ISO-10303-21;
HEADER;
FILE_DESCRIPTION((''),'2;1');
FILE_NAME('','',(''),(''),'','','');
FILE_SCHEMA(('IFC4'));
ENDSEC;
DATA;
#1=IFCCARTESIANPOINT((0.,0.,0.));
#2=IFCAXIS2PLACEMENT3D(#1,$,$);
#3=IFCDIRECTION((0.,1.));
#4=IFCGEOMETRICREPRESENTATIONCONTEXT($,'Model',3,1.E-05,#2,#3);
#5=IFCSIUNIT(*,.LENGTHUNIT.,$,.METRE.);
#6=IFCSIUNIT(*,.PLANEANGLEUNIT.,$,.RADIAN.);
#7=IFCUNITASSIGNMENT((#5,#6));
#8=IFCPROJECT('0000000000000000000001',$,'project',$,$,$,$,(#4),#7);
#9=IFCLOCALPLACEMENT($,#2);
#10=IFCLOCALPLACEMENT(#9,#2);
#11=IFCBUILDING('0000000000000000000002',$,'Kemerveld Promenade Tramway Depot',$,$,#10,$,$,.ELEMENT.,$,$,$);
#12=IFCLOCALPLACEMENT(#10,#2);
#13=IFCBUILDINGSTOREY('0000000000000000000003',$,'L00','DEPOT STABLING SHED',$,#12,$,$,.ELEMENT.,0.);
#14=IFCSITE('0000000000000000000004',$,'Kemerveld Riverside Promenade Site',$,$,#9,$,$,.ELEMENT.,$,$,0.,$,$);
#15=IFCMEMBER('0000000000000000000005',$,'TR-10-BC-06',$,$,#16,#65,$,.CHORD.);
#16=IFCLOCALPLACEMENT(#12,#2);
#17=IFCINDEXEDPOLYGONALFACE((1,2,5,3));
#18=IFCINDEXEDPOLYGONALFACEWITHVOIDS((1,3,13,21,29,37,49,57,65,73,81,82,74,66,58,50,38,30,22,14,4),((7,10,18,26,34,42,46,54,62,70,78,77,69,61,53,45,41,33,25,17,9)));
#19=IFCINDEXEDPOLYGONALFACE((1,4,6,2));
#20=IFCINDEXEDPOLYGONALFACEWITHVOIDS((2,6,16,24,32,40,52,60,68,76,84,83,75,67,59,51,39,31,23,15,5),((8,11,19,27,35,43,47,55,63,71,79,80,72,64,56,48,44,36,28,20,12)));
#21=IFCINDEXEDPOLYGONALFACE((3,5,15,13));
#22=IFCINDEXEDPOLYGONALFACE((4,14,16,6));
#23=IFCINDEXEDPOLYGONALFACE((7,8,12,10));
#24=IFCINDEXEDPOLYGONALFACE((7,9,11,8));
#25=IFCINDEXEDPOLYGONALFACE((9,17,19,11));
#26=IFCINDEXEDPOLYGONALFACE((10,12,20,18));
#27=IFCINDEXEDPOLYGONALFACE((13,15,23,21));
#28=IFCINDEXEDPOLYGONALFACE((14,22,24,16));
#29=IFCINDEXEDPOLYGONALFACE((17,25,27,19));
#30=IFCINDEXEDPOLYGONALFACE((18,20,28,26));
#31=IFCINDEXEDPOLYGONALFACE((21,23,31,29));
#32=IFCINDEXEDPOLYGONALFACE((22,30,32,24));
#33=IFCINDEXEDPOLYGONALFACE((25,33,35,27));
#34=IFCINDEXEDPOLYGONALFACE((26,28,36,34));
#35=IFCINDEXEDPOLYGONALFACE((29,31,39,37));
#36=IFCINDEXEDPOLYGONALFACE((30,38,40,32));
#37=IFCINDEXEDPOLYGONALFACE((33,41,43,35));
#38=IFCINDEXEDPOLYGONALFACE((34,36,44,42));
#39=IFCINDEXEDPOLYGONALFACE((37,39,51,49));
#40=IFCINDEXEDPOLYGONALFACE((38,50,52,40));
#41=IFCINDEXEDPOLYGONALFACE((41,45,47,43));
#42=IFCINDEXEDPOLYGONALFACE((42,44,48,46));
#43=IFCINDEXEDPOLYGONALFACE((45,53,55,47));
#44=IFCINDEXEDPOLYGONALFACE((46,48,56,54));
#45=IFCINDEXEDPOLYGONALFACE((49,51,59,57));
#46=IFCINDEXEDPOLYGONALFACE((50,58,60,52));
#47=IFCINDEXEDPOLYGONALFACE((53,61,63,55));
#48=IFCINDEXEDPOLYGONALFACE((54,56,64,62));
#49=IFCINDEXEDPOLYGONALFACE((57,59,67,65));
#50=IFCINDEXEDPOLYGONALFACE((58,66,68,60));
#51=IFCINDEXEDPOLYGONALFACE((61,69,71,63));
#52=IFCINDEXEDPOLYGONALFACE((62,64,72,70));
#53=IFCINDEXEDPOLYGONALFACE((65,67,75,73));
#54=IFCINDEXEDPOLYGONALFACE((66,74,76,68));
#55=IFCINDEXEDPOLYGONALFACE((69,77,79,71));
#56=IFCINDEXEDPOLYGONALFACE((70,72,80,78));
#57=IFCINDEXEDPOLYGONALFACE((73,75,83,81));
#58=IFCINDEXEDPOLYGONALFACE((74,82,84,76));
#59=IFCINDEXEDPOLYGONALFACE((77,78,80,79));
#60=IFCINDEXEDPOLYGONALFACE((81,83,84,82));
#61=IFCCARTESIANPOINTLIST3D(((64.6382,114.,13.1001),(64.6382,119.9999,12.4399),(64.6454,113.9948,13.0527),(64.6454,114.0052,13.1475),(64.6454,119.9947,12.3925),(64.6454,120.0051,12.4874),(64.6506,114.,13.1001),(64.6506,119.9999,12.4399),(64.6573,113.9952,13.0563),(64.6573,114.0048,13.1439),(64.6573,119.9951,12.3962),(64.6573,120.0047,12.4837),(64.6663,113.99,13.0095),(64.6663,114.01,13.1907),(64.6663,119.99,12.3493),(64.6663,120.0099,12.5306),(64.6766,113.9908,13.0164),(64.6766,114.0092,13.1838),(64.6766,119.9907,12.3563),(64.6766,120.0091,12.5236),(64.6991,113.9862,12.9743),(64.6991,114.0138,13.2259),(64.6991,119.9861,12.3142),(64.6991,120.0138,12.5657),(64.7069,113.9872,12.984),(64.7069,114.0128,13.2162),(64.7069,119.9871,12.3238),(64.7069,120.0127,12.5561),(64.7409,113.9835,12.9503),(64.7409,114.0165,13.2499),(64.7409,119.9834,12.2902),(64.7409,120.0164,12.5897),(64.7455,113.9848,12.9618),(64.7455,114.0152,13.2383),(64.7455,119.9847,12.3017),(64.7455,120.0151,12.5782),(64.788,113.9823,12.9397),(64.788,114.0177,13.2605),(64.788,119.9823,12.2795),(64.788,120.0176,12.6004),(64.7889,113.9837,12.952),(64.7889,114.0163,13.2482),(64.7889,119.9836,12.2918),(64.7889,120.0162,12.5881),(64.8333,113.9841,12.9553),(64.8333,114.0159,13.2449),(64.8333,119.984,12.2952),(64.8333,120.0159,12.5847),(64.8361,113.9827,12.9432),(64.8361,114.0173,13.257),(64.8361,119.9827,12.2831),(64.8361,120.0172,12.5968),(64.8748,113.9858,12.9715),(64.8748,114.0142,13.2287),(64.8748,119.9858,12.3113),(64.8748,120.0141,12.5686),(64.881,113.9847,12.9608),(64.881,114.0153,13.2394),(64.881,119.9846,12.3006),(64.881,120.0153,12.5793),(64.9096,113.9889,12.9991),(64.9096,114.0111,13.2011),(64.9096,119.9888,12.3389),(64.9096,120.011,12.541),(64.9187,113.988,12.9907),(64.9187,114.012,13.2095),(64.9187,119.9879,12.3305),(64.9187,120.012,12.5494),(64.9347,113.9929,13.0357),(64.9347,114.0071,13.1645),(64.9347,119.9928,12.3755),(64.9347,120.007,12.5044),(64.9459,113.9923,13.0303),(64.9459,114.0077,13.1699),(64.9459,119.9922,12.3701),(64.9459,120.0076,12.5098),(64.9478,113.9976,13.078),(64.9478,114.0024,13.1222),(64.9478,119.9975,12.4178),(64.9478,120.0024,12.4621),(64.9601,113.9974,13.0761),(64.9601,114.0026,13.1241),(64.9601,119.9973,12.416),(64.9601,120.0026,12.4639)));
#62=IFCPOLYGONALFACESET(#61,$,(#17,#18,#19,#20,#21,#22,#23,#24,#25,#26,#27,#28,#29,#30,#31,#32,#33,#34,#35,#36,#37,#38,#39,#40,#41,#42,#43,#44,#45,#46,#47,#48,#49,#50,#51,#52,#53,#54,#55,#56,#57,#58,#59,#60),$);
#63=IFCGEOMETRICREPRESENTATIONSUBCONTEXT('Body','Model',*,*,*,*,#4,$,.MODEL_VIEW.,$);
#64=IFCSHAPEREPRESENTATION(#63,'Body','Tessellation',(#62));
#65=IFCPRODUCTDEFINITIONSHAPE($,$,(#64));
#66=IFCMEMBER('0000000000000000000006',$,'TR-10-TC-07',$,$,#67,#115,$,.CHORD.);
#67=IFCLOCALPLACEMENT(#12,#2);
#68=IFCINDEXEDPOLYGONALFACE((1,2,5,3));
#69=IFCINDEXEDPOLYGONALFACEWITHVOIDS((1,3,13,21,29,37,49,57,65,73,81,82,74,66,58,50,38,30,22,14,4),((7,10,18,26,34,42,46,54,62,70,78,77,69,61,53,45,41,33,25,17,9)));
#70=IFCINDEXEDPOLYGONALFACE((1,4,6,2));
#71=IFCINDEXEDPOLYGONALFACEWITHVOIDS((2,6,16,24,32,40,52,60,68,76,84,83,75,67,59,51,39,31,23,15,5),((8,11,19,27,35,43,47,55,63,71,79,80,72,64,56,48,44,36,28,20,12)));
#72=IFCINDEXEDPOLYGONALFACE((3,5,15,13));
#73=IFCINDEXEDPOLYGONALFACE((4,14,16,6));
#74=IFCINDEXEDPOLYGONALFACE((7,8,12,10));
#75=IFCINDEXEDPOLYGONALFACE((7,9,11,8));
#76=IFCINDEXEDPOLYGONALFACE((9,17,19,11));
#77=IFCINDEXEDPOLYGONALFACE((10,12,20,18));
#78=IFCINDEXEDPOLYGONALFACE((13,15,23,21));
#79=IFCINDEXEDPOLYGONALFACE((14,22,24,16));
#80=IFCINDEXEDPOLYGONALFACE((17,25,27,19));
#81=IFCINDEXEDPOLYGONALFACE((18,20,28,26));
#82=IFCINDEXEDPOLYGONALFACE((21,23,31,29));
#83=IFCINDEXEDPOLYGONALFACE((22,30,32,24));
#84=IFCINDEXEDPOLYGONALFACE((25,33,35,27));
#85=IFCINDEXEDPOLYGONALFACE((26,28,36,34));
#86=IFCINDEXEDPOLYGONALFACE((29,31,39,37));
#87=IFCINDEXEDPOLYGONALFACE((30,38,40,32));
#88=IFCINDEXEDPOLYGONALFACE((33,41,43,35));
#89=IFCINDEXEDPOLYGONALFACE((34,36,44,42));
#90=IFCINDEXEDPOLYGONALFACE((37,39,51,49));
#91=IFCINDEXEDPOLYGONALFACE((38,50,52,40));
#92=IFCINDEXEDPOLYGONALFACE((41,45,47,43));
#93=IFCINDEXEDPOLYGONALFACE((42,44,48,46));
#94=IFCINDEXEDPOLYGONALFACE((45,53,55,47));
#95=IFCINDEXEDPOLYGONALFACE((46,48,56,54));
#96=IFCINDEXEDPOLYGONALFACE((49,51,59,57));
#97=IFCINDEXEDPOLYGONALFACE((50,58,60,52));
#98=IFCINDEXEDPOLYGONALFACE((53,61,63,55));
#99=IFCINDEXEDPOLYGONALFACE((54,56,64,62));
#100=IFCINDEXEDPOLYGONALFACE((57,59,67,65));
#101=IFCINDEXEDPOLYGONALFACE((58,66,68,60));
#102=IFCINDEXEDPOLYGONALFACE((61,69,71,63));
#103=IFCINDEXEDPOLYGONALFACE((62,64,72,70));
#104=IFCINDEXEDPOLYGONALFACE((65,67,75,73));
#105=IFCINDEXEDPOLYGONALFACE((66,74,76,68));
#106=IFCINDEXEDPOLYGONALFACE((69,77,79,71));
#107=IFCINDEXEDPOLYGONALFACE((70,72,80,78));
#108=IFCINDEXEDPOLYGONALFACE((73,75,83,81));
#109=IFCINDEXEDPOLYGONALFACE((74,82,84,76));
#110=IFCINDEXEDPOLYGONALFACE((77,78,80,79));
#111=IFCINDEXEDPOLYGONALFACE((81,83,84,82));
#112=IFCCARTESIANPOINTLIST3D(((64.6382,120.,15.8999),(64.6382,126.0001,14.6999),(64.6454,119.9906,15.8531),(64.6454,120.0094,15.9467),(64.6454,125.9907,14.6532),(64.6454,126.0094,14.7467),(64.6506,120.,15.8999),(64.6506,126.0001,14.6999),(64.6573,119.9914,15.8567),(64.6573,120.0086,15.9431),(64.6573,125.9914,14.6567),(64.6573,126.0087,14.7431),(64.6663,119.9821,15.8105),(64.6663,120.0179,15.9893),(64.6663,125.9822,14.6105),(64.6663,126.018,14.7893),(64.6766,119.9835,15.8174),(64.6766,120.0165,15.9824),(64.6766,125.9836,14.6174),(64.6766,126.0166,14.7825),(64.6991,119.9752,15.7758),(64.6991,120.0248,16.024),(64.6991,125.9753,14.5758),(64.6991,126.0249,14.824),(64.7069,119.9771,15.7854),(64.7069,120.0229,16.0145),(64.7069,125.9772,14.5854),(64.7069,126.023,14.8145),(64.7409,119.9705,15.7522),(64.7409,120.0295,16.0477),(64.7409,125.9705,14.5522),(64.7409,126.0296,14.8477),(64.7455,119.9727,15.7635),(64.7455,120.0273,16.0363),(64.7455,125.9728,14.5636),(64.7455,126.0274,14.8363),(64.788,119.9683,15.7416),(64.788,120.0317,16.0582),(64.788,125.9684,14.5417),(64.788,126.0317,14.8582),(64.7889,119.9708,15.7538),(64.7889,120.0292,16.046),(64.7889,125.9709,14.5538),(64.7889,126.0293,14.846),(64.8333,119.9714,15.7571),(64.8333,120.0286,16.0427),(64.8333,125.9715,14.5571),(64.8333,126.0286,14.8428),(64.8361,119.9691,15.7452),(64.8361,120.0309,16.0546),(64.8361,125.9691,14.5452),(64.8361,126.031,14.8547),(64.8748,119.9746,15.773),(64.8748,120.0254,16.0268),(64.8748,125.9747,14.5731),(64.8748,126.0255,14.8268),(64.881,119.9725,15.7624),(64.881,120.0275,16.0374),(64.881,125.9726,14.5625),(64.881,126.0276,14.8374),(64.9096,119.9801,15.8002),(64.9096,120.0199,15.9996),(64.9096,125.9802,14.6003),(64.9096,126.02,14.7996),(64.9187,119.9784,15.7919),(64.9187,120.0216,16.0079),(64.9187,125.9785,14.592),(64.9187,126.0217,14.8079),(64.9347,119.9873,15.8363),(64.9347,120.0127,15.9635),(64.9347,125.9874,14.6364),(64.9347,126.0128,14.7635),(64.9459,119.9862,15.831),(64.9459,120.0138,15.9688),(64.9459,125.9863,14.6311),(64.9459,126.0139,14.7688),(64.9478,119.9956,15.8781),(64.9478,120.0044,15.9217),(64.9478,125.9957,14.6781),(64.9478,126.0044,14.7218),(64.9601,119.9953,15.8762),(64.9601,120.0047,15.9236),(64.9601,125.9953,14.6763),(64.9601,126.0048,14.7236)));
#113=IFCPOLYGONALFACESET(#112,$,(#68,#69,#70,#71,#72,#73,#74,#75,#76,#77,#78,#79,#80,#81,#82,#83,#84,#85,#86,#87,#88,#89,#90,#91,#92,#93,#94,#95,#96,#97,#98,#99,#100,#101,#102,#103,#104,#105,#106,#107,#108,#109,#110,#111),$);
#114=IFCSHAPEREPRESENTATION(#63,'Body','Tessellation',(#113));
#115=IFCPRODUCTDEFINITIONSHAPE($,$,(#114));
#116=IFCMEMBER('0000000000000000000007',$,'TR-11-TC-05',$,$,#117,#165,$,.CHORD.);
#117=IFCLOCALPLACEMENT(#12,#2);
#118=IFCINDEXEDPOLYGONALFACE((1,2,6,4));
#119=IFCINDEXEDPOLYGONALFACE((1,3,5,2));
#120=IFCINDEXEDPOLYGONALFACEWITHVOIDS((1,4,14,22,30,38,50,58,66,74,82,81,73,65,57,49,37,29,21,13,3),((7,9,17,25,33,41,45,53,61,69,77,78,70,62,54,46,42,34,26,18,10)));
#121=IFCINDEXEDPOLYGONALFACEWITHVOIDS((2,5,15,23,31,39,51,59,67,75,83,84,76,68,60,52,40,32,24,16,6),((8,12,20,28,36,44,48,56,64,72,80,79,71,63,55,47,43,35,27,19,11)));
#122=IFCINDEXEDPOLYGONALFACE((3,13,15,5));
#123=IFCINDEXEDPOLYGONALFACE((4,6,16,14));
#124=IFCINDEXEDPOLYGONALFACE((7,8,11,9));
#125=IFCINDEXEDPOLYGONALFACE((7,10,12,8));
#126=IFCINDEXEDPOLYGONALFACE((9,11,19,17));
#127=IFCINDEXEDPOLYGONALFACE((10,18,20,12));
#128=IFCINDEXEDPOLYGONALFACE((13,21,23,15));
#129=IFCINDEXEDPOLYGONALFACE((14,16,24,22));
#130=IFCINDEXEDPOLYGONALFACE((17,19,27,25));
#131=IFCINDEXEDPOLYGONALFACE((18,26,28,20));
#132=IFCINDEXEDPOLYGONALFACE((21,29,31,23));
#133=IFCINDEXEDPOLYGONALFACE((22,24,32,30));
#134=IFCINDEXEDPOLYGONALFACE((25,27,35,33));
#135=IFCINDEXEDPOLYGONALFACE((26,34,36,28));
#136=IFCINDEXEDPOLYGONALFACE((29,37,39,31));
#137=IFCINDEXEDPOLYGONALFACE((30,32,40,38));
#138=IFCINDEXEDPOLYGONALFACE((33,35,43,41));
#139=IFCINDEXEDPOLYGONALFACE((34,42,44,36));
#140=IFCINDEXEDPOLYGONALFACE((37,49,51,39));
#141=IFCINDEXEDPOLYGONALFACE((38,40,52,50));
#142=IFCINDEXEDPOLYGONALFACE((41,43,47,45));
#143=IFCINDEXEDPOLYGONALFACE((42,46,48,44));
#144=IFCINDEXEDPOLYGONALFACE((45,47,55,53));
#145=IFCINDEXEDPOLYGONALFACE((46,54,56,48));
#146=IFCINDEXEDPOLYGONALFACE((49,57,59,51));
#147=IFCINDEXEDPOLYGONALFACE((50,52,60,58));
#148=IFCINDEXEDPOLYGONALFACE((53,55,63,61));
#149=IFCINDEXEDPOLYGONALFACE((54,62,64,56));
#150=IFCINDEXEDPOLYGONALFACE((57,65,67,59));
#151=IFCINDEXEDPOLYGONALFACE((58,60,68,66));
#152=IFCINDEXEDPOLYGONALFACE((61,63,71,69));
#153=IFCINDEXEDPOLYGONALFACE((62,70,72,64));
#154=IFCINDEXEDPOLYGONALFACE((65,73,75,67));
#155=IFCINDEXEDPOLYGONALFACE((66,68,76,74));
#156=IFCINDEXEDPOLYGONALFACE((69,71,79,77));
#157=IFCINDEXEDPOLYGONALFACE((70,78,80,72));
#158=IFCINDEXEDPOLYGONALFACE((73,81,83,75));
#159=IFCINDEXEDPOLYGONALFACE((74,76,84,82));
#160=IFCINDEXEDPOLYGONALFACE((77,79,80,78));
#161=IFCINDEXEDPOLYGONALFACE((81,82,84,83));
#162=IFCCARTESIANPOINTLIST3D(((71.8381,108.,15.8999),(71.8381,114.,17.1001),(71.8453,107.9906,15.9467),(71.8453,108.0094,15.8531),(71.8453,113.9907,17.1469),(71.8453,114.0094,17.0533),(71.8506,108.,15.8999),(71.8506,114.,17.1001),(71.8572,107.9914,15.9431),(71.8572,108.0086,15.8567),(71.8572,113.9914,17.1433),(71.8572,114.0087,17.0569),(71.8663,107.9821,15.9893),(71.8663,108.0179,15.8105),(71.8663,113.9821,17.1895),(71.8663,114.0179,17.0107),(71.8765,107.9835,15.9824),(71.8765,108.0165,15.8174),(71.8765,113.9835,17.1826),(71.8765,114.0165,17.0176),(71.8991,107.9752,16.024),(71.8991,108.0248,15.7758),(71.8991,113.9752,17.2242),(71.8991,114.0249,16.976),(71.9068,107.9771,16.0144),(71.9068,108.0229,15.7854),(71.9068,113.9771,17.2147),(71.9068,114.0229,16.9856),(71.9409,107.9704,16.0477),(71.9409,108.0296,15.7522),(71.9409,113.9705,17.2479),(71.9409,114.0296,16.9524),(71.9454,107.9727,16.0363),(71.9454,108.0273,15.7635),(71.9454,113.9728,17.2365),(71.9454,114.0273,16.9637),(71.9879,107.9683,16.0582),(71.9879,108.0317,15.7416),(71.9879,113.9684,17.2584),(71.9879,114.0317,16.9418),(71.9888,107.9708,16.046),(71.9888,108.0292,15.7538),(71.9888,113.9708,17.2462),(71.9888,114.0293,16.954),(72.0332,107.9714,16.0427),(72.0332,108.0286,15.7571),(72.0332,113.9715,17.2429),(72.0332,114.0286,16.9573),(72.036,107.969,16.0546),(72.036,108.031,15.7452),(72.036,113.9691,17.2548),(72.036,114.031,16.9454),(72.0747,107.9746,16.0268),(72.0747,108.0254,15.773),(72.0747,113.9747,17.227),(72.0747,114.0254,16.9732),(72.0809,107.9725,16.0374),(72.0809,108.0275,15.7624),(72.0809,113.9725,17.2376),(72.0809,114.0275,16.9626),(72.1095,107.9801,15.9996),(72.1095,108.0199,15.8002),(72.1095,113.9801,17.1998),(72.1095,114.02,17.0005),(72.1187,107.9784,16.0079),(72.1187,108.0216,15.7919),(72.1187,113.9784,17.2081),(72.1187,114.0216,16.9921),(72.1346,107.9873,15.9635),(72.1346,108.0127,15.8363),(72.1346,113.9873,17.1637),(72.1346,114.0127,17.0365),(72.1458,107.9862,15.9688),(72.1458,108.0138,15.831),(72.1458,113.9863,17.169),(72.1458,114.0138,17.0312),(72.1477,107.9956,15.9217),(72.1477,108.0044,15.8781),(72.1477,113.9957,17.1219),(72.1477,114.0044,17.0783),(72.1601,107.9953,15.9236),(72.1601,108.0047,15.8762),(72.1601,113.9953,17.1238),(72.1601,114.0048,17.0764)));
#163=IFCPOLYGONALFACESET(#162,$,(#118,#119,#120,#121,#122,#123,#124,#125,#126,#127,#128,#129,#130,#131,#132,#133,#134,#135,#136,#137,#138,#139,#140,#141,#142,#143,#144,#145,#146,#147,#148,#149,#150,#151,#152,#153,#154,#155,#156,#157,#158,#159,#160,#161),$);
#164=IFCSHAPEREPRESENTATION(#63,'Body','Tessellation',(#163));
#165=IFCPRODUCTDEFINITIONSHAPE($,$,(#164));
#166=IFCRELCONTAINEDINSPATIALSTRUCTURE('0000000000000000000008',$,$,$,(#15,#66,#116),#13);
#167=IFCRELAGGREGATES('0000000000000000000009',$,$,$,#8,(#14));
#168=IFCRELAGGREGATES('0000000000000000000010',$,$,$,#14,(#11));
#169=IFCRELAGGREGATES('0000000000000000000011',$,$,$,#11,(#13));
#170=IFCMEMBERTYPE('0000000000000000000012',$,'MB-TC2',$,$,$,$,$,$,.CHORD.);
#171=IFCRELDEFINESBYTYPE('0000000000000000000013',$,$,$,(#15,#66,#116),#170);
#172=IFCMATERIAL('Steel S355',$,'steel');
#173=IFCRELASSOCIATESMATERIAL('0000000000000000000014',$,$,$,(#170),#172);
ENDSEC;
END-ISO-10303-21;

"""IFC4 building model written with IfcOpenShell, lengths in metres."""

from ifc_helpers import new_model, si_unit, direction, frame, origin, origin_2d, place, context, subcontext, project, spatial, hollow_circle, extrude, material, material_profile, profile_set, type_object, element, save


model = new_model("IFC4")

# Units and contexts
model_context = context("Model", 3, precision=1e-05, world=origin(), true_north=direction((0.0, 1.0)))
body_context = subcontext(model_context, "Body", "Model", "MODEL_VIEW")
ifc_project = project(units=[si_unit("LENGTHUNIT", "METRE"), si_unit("PLANEANGLEUNIT", "RADIAN")], contexts=[model_context])

# Site, building, storey
site_placement = place(None, origin())
site = spatial("IfcSite", under=ifc_project, at=site_placement, Name="Kemerveld Riverside Promenade Site", CompositionType="ELEMENT", RefElevation=0.0)
building_placement = place(site_placement, origin())
building = spatial("IfcBuilding", under=site, at=building_placement, Name="Kemerveld Promenade Tramway Depot", CompositionType="ELEMENT")
storey_placement = place(building_placement, origin())
storey = spatial("IfcBuildingStorey", under=building, at=storey_placement, Name="L00", Description="DEPOT STABLING SHED", CompositionType="ELEMENT", Elevation=0.0)

# Members
ifc_material_1 = material(Name="Steel S355", Category="steel")
ifc_material_profile_1 = material_profile(ifc_material_1, hollow_circle(Radius=0.1619, WallThickness=0.0125, at=origin_2d()), Name="323.9x12.5 CHS")
ifc_profile_set_1 = profile_set([ifc_material_profile_1], Name="Steel S355")
member_type_1 = type_object("IfcMemberType", Name="MB-TC2", PredefinedType="CHORD", material=ifc_profile_set_1)
member_1_placement = place(storey_placement, frame((64.8, 114.0, 13.1001), z_axis=(0.0, 0.994002, -0.109366), x_axis=(-1.0, 0.0, 0.0)))
element("IfcMember", 1, at=member_1_placement, inside=storey, type_object=member_type_1, Name="TR-10-BC-06", PredefinedType="CHORD", context=body_context, shape_type="SweptSolid", body=[
    extrude(hollow_circle(Radius=0.1619, WallThickness=0.0125, at=origin_2d()), origin(), (0.0, 0.0, 1.0), 6.0361),
])
for number, where, z_axis, x_axis, name in (
    (2, (64.8, 120.0, 15.8999), (0.0, 0.980582, -0.196108), (-1.0, 0.0, 0.0), "TR-10-TC-07"),
    (3, (72.0, 108.0, 15.8999), (0.0, 0.980575, 0.196147), (-1.0, 0.0, 0.0), "TR-11-TC-05"),
):
    element("IfcMember", number, at=place(storey_placement, frame(where, z_axis=z_axis, x_axis=x_axis)), inside=storey, type_object=member_type_1, Name=name, PredefinedType="CHORD", context=body_context, shape_type="SweptSolid", body=[
        extrude(hollow_circle(Radius=0.1619, WallThickness=0.0125, at=origin_2d()), origin(), (0.0, 0.0, 1.0), 6.1189),
    ])

save(model, "model.ifc")
